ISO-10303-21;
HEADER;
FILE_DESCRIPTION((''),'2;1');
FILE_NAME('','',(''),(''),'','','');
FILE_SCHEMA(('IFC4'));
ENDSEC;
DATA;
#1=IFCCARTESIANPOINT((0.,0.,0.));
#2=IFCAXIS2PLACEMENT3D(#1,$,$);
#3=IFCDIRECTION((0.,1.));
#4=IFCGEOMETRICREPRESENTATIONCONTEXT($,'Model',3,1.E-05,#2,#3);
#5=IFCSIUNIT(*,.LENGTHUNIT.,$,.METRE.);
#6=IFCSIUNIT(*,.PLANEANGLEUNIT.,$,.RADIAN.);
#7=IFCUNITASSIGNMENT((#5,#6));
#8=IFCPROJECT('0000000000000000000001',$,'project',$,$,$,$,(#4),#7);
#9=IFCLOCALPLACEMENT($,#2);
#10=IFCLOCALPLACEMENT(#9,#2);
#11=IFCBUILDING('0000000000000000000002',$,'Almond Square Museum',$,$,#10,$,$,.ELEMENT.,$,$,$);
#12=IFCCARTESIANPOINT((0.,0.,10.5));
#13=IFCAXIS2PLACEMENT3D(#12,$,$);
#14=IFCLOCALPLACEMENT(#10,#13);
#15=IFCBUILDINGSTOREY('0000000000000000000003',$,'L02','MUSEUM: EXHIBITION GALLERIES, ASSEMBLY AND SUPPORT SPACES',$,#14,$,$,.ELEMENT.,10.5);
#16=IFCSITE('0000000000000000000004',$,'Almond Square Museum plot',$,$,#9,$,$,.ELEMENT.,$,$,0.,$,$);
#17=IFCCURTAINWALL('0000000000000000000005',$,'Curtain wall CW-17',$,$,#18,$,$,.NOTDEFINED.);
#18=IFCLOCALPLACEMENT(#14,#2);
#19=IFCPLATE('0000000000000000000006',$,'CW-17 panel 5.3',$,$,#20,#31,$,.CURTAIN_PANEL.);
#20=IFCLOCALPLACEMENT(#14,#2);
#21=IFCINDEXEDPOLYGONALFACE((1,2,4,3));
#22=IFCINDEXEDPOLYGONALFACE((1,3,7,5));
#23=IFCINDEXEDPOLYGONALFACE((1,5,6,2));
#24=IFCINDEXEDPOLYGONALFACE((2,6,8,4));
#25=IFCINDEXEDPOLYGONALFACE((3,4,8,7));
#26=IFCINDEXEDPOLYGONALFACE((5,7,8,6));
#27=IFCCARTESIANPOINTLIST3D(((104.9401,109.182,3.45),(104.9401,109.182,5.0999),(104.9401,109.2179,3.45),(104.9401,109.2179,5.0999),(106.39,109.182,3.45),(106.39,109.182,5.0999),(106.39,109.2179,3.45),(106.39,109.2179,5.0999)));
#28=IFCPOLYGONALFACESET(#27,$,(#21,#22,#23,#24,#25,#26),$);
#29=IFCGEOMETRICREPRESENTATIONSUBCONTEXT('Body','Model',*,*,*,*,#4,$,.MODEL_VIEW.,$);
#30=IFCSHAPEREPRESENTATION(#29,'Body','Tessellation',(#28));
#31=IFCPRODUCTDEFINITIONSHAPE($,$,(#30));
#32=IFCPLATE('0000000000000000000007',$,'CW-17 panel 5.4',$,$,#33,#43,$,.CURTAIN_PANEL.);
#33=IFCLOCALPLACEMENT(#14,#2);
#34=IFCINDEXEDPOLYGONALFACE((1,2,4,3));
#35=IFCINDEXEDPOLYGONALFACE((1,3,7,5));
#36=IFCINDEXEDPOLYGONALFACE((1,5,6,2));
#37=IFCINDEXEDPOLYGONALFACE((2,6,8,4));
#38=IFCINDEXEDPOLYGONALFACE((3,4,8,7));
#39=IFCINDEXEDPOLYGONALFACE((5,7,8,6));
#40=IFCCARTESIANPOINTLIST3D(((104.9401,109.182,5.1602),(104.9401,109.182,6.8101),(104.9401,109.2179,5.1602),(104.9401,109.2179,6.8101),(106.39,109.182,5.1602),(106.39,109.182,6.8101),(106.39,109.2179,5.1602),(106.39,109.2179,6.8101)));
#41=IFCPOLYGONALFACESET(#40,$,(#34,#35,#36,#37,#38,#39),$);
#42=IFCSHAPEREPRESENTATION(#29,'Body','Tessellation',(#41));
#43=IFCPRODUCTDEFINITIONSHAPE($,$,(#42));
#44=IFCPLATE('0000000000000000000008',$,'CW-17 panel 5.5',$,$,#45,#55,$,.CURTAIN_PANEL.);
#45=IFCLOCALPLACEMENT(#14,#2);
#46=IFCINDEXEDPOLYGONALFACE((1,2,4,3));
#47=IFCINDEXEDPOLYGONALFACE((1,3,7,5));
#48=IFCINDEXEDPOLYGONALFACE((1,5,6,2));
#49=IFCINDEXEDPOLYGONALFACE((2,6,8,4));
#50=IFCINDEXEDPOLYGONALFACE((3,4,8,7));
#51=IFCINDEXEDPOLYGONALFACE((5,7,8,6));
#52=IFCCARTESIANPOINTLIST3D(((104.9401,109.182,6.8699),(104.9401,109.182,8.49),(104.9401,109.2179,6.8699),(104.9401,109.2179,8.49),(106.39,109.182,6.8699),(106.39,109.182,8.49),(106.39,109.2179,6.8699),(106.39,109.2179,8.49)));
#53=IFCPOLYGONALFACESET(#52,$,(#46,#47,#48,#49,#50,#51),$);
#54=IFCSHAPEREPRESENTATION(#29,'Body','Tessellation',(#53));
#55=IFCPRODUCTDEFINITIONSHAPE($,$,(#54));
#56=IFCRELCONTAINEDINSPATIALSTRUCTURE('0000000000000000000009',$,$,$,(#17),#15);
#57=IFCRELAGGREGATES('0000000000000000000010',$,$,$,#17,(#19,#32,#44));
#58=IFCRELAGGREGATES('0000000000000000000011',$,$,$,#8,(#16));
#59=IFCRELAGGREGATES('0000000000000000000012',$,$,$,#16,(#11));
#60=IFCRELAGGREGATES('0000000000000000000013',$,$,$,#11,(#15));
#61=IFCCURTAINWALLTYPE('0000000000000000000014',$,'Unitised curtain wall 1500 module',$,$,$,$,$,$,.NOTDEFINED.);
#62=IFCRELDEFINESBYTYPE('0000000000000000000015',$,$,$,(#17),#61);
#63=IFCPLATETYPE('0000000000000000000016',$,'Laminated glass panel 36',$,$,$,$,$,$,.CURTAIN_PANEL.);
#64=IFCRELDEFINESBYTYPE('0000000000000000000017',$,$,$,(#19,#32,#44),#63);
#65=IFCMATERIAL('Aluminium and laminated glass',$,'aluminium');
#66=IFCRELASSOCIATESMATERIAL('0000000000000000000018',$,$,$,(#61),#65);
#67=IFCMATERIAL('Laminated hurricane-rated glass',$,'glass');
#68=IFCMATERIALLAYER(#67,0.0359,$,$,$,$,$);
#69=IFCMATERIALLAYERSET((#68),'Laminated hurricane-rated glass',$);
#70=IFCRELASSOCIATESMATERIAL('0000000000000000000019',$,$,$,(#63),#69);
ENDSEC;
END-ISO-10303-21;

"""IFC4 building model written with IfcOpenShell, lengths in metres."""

from ifc_helpers import new_model, si_unit, direction, frame, origin, origin_2d, place, context, subcontext, project, spatial, rectangle, extrude, material, layer, layer_set, type_object, element, aggregate, save


model = new_model("IFC4")

# Units and contexts
model_context = context("Model", 3, precision=1e-05, world=origin(), true_north=direction((0.0, 1.0)))
body_context = subcontext(model_context, "Body", "Model", "MODEL_VIEW")
ifc_project = project(units=[si_unit("LENGTHUNIT", "METRE"), si_unit("PLANEANGLEUNIT", "RADIAN")], contexts=[model_context])

# Site, building, storey
site_placement = place(None, origin())
site = spatial("IfcSite", under=ifc_project, at=site_placement, Name="Almond Square Museum plot", CompositionType="ELEMENT", RefElevation=0.0)
building_placement = place(site_placement, origin())
building = spatial("IfcBuilding", under=site, at=building_placement, Name="Almond Square Museum", CompositionType="ELEMENT")
storey_placement = place(building_placement, frame((0.0, 0.0, 10.5)))
storey = spatial("IfcBuildingStorey", under=building, at=storey_placement, Name="L02", Description="MUSEUM: EXHIBITION GALLERIES, ASSEMBLY AND SUPPORT SPACES", CompositionType="ELEMENT", Elevation=10.5)

# Curtain wall, plates
ifc_material_1 = material(Name="Aluminium and laminated glass", Category="aluminium")
curtain_wall_type = type_object("IfcCurtainWallType", Name="Unitised curtain wall 1500 module", PredefinedType="NOTDEFINED", material=ifc_material_1)
curtain_wall_placement = place(storey_placement, origin())
curtain_wall = element("IfcCurtainWall", 1, at=curtain_wall_placement, inside=storey, type_object=curtain_wall_type, Name="Curtain wall CW-17", PredefinedType="NOTDEFINED")
ifc_material_2 = material(Name="Laminated hurricane-rated glass", Category="glass")
ifc_layer = layer(ifc_material_2, 0.0359)
ifc_layer_set = layer_set([ifc_layer], Name="Laminated hurricane-rated glass")
plate_type = type_object("IfcPlateType", Name="Laminated glass panel 36", PredefinedType="CURTAIN_PANEL", material=ifc_layer_set)
plate_1_placement = place(storey_placement, frame((105.665, 109.2, 3.45), z_axis=(0.0, 0.0, 1.0), x_axis=(1.0, 0.0, 0.0)))
plate_1 = element("IfcPlate", 2, at=plate_1_placement, type_object=plate_type, Name="CW-17 panel 5.3", PredefinedType="CURTAIN_PANEL", context=body_context, shape_type="SweptSolid", body=[
    extrude(rectangle(XDim=1.45, YDim=0.0359, at=origin_2d()), origin(), (0.0, 0.0, 1.0), 1.6499),
])
plate_2_placement = place(storey_placement, frame((105.665, 109.2, 5.1602), z_axis=(0.0, 0.0, 1.0), x_axis=(1.0, 0.0, 0.0)))
plate_2 = element("IfcPlate", 3, at=plate_2_placement, type_object=plate_type, Name="CW-17 panel 5.4", PredefinedType="CURTAIN_PANEL", context=body_context, shape_type="SweptSolid", body=[
    extrude(rectangle(XDim=1.45, YDim=0.0359, at=origin_2d()), origin(), (0.0, 0.0, 1.0), 1.6499),
])
plate_3_placement = place(storey_placement, frame((105.665, 109.2, 6.8699), z_axis=(0.0, 0.0, 1.0), x_axis=(1.0, 0.0, 0.0)))
plate_3 = element("IfcPlate", 4, at=plate_3_placement, type_object=plate_type, Name="CW-17 panel 5.5", PredefinedType="CURTAIN_PANEL", context=body_context, shape_type="SweptSolid", body=[
    extrude(rectangle(XDim=1.45, YDim=0.0359, at=origin_2d()), origin(), (0.0, 0.0, 1.0), 1.6201),
])
aggregate(curtain_wall, [plate_1, plate_2, plate_3])

save(model, "model.ifc")
